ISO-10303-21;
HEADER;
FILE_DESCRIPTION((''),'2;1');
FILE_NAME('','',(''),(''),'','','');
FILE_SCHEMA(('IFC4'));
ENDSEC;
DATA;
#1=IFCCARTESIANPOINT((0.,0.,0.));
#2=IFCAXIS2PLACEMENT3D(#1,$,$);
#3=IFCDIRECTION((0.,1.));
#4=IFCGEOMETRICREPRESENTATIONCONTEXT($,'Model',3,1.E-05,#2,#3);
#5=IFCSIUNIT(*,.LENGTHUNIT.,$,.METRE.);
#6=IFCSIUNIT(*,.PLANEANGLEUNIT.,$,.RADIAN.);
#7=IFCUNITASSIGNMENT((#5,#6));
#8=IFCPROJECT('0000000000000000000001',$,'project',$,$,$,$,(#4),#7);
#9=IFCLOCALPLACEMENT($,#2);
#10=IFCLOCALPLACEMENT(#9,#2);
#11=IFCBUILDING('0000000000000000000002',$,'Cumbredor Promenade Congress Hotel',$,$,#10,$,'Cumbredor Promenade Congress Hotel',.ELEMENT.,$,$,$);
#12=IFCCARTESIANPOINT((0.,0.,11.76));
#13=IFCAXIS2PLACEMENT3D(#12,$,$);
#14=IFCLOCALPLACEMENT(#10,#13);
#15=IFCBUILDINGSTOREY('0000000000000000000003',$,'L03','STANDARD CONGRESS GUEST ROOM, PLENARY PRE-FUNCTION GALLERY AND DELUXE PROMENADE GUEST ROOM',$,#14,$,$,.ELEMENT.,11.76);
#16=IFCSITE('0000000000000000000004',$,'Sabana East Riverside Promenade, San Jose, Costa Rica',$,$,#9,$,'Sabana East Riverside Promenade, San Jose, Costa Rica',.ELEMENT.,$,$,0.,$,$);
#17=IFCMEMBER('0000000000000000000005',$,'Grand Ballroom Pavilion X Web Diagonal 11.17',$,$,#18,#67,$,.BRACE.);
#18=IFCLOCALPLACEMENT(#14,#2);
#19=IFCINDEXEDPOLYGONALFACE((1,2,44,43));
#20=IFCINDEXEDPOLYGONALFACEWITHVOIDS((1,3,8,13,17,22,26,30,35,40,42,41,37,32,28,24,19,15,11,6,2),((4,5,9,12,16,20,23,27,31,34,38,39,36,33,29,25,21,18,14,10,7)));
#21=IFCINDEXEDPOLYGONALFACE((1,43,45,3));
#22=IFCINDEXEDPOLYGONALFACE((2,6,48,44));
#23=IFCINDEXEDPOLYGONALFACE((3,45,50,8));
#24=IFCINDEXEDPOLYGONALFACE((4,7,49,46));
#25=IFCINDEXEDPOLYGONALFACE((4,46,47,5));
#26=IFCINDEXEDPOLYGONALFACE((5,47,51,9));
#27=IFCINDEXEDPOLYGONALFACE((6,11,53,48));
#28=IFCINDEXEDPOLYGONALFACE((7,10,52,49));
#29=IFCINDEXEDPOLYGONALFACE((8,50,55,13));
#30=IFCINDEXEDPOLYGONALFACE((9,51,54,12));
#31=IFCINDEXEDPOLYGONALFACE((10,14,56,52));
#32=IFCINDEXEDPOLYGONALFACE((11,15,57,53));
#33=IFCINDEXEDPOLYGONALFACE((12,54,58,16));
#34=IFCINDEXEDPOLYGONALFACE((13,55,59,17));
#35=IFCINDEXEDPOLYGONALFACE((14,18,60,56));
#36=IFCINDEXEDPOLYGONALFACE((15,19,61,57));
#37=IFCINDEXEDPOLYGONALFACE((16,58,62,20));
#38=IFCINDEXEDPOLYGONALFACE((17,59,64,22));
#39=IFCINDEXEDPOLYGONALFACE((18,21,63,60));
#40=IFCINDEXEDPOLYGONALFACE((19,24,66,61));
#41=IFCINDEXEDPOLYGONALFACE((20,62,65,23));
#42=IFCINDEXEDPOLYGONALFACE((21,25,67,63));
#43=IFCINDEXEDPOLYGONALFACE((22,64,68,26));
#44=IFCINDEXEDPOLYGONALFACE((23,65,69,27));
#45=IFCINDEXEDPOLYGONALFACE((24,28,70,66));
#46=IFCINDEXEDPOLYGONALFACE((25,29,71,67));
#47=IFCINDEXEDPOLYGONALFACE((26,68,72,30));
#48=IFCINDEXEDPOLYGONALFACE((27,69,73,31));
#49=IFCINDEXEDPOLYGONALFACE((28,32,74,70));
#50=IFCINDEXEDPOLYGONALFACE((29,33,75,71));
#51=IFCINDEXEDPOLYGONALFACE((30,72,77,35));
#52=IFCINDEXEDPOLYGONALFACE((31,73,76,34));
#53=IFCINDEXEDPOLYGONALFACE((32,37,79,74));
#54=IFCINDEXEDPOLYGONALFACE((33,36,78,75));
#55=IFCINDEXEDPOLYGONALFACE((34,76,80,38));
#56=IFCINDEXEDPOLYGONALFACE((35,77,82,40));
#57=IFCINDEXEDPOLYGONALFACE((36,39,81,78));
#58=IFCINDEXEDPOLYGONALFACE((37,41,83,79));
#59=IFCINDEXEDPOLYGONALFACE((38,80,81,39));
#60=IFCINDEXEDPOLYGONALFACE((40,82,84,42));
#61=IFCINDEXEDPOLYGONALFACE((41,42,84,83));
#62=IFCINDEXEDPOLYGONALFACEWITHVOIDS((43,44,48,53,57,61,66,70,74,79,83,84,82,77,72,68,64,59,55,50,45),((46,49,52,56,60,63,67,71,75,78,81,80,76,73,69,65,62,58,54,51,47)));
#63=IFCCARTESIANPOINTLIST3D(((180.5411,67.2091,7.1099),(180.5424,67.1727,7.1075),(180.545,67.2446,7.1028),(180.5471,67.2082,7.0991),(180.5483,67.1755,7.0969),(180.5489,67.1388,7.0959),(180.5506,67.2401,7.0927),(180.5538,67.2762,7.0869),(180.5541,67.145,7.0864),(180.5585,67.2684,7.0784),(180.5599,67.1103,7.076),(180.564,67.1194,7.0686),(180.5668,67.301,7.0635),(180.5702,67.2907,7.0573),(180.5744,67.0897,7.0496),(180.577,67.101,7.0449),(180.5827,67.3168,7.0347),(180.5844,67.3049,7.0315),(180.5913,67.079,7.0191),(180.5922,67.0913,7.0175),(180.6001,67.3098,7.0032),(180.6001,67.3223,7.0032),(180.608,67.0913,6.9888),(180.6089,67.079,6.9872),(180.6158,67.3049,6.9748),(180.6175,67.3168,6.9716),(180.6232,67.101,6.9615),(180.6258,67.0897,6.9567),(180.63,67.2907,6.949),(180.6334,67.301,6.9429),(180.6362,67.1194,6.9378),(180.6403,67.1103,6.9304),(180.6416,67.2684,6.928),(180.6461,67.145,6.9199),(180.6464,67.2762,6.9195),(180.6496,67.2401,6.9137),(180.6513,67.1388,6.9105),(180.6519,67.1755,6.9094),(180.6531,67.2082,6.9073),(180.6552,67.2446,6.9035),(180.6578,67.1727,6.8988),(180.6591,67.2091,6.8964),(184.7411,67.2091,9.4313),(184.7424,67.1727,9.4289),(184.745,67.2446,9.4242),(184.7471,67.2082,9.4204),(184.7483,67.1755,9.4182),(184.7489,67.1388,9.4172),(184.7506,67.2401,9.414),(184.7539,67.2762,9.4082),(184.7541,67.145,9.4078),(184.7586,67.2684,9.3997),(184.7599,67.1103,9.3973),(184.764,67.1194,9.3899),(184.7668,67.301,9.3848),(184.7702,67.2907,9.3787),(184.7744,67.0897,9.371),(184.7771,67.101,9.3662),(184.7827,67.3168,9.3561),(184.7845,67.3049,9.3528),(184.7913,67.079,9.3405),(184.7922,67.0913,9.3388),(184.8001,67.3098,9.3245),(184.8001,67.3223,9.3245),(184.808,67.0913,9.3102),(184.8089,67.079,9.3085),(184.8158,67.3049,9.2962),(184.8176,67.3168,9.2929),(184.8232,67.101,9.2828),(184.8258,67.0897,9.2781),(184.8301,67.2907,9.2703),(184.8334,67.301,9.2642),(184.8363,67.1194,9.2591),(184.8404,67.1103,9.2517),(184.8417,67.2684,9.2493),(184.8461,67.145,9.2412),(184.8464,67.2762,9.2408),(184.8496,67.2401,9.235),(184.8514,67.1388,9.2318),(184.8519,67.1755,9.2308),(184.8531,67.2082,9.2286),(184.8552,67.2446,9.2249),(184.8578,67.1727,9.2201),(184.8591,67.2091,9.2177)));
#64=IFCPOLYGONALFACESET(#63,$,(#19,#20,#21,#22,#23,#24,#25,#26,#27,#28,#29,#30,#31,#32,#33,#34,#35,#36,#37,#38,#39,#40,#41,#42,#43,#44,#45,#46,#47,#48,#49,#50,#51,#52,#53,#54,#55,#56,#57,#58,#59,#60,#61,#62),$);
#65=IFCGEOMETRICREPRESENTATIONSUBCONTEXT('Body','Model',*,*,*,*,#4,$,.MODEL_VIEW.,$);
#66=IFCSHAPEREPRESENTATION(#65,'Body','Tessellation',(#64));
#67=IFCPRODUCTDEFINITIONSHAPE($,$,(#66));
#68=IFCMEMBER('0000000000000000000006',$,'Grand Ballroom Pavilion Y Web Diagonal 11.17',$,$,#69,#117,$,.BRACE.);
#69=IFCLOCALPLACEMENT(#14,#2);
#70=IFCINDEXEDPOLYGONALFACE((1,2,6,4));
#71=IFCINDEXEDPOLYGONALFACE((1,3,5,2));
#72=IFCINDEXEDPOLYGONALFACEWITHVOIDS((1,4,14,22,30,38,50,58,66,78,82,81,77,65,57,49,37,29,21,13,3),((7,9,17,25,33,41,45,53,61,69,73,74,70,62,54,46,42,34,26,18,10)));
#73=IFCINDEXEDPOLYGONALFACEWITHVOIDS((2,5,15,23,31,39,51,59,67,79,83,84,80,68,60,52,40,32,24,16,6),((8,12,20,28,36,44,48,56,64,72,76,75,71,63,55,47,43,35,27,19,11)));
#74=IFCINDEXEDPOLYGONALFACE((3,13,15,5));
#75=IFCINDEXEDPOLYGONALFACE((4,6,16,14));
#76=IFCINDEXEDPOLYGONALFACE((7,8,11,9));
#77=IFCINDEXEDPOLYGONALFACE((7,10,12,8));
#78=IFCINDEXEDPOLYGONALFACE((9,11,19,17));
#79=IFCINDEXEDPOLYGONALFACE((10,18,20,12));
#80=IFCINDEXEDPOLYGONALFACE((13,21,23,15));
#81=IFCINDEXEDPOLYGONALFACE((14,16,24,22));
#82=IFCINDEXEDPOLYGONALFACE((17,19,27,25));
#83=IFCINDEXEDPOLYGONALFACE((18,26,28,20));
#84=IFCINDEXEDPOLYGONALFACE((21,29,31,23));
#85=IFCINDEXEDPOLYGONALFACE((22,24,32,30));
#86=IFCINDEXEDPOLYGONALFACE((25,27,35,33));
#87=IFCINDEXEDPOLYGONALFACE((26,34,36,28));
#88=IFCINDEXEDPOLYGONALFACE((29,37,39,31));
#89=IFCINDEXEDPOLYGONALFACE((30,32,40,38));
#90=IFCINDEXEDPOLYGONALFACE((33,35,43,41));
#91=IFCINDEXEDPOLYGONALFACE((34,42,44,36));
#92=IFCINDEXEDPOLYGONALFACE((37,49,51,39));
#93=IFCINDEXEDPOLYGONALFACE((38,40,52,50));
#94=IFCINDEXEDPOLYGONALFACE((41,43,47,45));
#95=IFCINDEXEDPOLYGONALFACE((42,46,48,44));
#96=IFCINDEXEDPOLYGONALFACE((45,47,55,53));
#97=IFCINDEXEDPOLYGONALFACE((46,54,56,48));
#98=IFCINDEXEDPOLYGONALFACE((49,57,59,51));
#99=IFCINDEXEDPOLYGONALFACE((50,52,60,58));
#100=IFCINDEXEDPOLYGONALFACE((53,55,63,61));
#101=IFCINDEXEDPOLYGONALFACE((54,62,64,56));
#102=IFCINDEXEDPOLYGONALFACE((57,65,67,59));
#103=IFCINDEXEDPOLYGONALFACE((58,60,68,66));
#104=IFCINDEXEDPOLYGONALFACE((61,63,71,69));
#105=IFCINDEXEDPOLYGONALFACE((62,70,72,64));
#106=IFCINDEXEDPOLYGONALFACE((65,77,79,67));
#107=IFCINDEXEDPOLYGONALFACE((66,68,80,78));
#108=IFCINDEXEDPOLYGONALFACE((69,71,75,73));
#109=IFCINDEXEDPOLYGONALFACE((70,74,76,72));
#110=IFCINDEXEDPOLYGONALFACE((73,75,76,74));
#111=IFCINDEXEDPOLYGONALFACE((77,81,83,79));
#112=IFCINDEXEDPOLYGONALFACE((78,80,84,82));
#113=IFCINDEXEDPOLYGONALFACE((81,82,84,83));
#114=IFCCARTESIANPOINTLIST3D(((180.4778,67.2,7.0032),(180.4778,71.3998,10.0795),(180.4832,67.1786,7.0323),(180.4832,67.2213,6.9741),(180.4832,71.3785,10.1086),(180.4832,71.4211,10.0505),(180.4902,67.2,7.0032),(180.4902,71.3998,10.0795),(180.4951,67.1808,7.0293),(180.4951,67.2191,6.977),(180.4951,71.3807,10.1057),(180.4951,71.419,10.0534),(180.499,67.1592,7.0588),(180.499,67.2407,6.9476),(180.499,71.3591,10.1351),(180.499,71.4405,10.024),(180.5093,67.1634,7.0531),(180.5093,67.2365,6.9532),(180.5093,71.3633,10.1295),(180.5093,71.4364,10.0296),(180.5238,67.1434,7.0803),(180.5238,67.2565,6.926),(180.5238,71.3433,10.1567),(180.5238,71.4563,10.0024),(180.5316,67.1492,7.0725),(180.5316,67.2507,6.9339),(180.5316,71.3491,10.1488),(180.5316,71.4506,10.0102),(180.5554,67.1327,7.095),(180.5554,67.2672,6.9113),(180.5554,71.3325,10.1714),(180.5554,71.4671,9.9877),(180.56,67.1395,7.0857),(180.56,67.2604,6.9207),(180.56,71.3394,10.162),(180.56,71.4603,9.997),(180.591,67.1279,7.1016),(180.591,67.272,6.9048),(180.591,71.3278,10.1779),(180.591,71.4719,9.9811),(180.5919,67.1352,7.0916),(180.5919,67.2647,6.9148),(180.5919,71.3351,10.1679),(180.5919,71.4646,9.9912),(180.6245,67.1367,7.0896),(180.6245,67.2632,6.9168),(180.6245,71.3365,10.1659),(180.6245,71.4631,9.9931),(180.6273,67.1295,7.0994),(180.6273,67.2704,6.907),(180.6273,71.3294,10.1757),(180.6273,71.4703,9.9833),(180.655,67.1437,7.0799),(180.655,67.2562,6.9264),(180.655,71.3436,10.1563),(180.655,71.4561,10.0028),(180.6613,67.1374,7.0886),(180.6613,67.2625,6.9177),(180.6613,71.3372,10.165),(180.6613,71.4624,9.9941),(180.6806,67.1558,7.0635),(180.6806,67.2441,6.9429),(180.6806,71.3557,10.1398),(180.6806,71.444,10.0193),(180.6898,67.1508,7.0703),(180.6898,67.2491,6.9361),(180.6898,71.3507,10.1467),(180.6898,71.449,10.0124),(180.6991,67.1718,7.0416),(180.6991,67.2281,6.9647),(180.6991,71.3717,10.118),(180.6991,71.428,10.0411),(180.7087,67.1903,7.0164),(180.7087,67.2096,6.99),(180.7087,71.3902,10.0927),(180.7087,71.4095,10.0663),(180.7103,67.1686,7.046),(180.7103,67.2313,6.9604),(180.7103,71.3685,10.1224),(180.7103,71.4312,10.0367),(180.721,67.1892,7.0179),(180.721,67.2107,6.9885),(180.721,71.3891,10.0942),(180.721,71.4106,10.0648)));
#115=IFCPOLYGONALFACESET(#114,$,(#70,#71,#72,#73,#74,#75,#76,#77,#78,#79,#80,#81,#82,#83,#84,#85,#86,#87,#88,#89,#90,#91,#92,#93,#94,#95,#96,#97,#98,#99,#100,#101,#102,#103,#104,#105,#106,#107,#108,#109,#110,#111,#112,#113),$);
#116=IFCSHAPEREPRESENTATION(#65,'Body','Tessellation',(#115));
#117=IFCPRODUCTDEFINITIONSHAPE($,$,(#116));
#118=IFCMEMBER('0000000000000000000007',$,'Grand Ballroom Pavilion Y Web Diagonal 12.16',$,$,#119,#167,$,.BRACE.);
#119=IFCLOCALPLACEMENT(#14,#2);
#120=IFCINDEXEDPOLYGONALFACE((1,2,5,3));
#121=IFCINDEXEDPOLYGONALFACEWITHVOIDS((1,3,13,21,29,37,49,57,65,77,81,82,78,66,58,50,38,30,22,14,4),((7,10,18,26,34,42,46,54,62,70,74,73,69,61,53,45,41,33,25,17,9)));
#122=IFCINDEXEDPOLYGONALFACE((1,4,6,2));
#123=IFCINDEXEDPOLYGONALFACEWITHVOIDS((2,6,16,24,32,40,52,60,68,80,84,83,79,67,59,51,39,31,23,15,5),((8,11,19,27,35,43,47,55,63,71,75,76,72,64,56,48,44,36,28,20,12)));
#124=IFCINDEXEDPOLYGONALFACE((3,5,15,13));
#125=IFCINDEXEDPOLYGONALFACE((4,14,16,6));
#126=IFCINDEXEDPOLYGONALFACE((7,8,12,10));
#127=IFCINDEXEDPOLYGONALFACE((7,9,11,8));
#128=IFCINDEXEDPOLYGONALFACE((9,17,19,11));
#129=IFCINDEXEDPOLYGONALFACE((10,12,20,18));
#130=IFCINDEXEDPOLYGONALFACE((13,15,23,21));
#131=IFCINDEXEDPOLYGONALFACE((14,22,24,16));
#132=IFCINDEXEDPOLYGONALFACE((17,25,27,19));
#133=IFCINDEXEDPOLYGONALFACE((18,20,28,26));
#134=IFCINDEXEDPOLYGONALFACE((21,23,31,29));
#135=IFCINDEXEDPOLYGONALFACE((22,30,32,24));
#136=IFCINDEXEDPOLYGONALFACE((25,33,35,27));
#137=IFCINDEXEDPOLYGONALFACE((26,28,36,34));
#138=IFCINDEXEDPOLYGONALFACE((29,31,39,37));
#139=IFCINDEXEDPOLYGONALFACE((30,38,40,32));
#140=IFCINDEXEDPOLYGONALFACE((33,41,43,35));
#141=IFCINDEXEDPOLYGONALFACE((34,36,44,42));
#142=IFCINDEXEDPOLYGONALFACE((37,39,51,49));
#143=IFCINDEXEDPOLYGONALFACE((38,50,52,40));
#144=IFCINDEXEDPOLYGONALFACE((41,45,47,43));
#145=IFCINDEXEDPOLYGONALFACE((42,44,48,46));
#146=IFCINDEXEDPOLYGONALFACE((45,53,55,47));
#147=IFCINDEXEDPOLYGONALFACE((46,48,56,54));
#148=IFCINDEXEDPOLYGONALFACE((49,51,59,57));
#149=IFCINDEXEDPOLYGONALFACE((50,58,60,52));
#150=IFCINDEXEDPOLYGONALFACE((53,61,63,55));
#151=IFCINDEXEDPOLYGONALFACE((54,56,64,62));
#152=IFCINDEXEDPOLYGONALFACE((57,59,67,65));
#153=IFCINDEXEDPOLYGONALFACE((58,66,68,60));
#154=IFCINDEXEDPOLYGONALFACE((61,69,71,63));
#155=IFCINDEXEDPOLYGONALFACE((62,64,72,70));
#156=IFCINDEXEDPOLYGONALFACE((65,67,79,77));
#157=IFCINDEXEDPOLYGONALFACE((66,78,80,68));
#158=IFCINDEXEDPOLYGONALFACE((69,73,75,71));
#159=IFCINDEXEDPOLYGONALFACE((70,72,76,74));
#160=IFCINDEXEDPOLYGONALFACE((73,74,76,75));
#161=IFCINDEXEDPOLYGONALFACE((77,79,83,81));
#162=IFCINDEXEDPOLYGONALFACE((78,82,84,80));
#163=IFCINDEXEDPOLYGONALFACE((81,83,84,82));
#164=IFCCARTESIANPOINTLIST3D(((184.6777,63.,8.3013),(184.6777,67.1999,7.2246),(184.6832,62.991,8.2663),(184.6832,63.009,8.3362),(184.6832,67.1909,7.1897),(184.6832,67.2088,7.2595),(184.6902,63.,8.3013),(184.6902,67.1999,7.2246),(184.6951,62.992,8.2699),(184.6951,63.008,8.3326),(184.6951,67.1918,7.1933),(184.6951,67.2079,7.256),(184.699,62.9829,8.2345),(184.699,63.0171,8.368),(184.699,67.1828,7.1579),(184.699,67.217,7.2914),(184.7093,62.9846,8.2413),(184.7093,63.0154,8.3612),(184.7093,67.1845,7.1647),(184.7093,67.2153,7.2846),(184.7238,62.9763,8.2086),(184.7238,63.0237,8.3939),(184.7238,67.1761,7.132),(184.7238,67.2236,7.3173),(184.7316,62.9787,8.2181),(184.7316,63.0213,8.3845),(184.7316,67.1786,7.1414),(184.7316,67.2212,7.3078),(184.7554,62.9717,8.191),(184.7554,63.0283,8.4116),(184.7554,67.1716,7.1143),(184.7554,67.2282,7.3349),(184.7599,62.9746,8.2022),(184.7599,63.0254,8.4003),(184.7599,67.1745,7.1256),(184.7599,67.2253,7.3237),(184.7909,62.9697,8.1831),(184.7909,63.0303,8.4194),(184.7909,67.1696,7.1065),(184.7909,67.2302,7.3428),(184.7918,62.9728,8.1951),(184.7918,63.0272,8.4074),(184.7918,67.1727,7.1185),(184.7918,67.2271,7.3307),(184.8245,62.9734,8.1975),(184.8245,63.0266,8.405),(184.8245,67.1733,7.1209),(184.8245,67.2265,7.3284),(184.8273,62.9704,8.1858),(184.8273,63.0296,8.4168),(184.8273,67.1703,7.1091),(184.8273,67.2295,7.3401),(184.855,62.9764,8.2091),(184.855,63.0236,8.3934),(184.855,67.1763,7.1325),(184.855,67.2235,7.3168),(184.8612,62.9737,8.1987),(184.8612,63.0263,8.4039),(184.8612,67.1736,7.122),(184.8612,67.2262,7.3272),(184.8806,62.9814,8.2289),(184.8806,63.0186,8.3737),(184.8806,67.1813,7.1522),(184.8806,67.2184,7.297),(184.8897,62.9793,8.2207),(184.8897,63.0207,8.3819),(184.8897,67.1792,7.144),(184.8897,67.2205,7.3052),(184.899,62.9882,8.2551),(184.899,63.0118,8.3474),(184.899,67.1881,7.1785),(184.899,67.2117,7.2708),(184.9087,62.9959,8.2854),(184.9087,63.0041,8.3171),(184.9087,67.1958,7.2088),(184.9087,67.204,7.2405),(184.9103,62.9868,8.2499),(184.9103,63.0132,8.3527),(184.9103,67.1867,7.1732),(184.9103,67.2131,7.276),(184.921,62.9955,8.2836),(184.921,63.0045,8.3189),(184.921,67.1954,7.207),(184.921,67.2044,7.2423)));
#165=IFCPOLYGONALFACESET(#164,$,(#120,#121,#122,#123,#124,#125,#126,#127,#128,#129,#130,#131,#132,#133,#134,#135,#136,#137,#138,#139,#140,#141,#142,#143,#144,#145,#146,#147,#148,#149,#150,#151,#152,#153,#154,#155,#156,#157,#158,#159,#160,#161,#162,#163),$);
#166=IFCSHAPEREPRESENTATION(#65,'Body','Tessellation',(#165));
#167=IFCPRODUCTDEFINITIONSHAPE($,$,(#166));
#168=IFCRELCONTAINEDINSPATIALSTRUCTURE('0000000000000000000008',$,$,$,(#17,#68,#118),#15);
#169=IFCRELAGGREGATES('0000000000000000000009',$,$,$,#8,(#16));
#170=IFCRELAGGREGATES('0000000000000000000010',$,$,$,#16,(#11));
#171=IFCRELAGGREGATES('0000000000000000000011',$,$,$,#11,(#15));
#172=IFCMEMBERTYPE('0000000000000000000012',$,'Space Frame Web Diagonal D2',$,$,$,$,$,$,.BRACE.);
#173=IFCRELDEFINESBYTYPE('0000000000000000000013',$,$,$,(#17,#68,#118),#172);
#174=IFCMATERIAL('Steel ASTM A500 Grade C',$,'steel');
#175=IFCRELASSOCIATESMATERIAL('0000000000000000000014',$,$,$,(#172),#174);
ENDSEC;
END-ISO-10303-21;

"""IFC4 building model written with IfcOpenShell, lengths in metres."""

from ifc_helpers import new_model, si_unit, direction, frame, origin, origin_2d, place, context, subcontext, project, spatial, hollow_circle, extrude, material, material_profile, profile_set, type_object, element, save


model = new_model("IFC4")

# Units and contexts
model_context = context("Model", 3, precision=1e-05, world=origin(), true_north=direction((0.0, 1.0)))
body_context = subcontext(model_context, "Body", "Model", "MODEL_VIEW")
ifc_project = project(units=[si_unit("LENGTHUNIT", "METRE"), si_unit("PLANEANGLEUNIT", "RADIAN")], contexts=[model_context])

# Site, building, storey
site_placement = place(None, origin())
site = spatial("IfcSite", under=ifc_project, at=site_placement, Name="Sabana East Riverside Promenade, San Jose, Costa Rica", LongName="Sabana East Riverside Promenade, San Jose, Costa Rica", CompositionType="ELEMENT", RefElevation=0.0)
building_placement = place(site_placement, origin())
building = spatial("IfcBuilding", under=site, at=building_placement, Name="Cumbredor Promenade Congress Hotel", LongName="Cumbredor Promenade Congress Hotel", CompositionType="ELEMENT")
storey_placement = place(building_placement, frame((0.0, 0.0, 11.76)))
storey = spatial("IfcBuildingStorey", under=building, at=storey_placement, Name="L03", Description="STANDARD CONGRESS GUEST ROOM, PLENARY PRE-FUNCTION GALLERY AND DELUXE PROMENADE GUEST ROOM", CompositionType="ELEMENT", Elevation=11.76)

# Shared definitions
ifc_material_1 = material(Name="Steel ASTM A500 Grade C", Category="steel")

# Members
ifc_material_profile_1 = material_profile(ifc_material_1, hollow_circle(Radius=0.1223, WallThickness=0.0125, at=origin_2d()), Name="CHS 244.5x12.5")
ifc_profile_set_1 = profile_set([ifc_material_profile_1], Name="Steel ASTM A500 Grade C")
member_type_1 = type_object("IfcMemberType", Name="Space Frame Web Diagonal D2", PredefinedType="BRACE", material=ifc_profile_set_1)
member_1_placement = place(storey_placement, frame((180.6001, 67.2, 7.0032), z_axis=(0.875218, 0.0, 0.483728), x_axis=(0.0, 1.0, 0.0)))
element("IfcMember", 1, at=member_1_placement, inside=storey, type_object=member_type_1, Name="Grand Ballroom Pavilion X Web Diagonal 11.17", PredefinedType="BRACE", context=body_context, shape_type="SweptSolid", body=[
    extrude(hollow_circle(Radius=0.1223, WallThickness=0.0125, at=origin_2d()), origin(), (0.0, 0.0, 1.0), 4.7988),
])
member_2_placement = place(storey_placement, frame((180.6001, 67.2, 7.0032), z_axis=(0.0, 0.80673, 0.59092), x_axis=(-1.0, 0.0, 0.0)))
element("IfcMember", 2, at=member_2_placement, inside=storey, type_object=member_type_1, Name="Grand Ballroom Pavilion Y Web Diagonal 11.17", PredefinedType="BRACE", context=body_context, shape_type="SweptSolid", body=[
    extrude(hollow_circle(Radius=0.1223, WallThickness=0.0125, at=origin_2d()), origin(), (0.0, 0.0, 1.0), 5.2061),
])
member_3_placement = place(storey_placement, frame((184.8, 63.0, 8.3013), z_axis=(0.0, 0.968678, -0.248321), x_axis=(-1.0, 0.0, 0.0)))
element("IfcMember", 3, at=member_3_placement, inside=storey, type_object=member_type_1, Name="Grand Ballroom Pavilion Y Web Diagonal 12.16", PredefinedType="BRACE", context=body_context, shape_type="SweptSolid", body=[
    extrude(hollow_circle(Radius=0.1223, WallThickness=0.0125, at=origin_2d()), origin(), (0.0, 0.0, 1.0), 4.3357),
])

save(model, "model.ifc")
